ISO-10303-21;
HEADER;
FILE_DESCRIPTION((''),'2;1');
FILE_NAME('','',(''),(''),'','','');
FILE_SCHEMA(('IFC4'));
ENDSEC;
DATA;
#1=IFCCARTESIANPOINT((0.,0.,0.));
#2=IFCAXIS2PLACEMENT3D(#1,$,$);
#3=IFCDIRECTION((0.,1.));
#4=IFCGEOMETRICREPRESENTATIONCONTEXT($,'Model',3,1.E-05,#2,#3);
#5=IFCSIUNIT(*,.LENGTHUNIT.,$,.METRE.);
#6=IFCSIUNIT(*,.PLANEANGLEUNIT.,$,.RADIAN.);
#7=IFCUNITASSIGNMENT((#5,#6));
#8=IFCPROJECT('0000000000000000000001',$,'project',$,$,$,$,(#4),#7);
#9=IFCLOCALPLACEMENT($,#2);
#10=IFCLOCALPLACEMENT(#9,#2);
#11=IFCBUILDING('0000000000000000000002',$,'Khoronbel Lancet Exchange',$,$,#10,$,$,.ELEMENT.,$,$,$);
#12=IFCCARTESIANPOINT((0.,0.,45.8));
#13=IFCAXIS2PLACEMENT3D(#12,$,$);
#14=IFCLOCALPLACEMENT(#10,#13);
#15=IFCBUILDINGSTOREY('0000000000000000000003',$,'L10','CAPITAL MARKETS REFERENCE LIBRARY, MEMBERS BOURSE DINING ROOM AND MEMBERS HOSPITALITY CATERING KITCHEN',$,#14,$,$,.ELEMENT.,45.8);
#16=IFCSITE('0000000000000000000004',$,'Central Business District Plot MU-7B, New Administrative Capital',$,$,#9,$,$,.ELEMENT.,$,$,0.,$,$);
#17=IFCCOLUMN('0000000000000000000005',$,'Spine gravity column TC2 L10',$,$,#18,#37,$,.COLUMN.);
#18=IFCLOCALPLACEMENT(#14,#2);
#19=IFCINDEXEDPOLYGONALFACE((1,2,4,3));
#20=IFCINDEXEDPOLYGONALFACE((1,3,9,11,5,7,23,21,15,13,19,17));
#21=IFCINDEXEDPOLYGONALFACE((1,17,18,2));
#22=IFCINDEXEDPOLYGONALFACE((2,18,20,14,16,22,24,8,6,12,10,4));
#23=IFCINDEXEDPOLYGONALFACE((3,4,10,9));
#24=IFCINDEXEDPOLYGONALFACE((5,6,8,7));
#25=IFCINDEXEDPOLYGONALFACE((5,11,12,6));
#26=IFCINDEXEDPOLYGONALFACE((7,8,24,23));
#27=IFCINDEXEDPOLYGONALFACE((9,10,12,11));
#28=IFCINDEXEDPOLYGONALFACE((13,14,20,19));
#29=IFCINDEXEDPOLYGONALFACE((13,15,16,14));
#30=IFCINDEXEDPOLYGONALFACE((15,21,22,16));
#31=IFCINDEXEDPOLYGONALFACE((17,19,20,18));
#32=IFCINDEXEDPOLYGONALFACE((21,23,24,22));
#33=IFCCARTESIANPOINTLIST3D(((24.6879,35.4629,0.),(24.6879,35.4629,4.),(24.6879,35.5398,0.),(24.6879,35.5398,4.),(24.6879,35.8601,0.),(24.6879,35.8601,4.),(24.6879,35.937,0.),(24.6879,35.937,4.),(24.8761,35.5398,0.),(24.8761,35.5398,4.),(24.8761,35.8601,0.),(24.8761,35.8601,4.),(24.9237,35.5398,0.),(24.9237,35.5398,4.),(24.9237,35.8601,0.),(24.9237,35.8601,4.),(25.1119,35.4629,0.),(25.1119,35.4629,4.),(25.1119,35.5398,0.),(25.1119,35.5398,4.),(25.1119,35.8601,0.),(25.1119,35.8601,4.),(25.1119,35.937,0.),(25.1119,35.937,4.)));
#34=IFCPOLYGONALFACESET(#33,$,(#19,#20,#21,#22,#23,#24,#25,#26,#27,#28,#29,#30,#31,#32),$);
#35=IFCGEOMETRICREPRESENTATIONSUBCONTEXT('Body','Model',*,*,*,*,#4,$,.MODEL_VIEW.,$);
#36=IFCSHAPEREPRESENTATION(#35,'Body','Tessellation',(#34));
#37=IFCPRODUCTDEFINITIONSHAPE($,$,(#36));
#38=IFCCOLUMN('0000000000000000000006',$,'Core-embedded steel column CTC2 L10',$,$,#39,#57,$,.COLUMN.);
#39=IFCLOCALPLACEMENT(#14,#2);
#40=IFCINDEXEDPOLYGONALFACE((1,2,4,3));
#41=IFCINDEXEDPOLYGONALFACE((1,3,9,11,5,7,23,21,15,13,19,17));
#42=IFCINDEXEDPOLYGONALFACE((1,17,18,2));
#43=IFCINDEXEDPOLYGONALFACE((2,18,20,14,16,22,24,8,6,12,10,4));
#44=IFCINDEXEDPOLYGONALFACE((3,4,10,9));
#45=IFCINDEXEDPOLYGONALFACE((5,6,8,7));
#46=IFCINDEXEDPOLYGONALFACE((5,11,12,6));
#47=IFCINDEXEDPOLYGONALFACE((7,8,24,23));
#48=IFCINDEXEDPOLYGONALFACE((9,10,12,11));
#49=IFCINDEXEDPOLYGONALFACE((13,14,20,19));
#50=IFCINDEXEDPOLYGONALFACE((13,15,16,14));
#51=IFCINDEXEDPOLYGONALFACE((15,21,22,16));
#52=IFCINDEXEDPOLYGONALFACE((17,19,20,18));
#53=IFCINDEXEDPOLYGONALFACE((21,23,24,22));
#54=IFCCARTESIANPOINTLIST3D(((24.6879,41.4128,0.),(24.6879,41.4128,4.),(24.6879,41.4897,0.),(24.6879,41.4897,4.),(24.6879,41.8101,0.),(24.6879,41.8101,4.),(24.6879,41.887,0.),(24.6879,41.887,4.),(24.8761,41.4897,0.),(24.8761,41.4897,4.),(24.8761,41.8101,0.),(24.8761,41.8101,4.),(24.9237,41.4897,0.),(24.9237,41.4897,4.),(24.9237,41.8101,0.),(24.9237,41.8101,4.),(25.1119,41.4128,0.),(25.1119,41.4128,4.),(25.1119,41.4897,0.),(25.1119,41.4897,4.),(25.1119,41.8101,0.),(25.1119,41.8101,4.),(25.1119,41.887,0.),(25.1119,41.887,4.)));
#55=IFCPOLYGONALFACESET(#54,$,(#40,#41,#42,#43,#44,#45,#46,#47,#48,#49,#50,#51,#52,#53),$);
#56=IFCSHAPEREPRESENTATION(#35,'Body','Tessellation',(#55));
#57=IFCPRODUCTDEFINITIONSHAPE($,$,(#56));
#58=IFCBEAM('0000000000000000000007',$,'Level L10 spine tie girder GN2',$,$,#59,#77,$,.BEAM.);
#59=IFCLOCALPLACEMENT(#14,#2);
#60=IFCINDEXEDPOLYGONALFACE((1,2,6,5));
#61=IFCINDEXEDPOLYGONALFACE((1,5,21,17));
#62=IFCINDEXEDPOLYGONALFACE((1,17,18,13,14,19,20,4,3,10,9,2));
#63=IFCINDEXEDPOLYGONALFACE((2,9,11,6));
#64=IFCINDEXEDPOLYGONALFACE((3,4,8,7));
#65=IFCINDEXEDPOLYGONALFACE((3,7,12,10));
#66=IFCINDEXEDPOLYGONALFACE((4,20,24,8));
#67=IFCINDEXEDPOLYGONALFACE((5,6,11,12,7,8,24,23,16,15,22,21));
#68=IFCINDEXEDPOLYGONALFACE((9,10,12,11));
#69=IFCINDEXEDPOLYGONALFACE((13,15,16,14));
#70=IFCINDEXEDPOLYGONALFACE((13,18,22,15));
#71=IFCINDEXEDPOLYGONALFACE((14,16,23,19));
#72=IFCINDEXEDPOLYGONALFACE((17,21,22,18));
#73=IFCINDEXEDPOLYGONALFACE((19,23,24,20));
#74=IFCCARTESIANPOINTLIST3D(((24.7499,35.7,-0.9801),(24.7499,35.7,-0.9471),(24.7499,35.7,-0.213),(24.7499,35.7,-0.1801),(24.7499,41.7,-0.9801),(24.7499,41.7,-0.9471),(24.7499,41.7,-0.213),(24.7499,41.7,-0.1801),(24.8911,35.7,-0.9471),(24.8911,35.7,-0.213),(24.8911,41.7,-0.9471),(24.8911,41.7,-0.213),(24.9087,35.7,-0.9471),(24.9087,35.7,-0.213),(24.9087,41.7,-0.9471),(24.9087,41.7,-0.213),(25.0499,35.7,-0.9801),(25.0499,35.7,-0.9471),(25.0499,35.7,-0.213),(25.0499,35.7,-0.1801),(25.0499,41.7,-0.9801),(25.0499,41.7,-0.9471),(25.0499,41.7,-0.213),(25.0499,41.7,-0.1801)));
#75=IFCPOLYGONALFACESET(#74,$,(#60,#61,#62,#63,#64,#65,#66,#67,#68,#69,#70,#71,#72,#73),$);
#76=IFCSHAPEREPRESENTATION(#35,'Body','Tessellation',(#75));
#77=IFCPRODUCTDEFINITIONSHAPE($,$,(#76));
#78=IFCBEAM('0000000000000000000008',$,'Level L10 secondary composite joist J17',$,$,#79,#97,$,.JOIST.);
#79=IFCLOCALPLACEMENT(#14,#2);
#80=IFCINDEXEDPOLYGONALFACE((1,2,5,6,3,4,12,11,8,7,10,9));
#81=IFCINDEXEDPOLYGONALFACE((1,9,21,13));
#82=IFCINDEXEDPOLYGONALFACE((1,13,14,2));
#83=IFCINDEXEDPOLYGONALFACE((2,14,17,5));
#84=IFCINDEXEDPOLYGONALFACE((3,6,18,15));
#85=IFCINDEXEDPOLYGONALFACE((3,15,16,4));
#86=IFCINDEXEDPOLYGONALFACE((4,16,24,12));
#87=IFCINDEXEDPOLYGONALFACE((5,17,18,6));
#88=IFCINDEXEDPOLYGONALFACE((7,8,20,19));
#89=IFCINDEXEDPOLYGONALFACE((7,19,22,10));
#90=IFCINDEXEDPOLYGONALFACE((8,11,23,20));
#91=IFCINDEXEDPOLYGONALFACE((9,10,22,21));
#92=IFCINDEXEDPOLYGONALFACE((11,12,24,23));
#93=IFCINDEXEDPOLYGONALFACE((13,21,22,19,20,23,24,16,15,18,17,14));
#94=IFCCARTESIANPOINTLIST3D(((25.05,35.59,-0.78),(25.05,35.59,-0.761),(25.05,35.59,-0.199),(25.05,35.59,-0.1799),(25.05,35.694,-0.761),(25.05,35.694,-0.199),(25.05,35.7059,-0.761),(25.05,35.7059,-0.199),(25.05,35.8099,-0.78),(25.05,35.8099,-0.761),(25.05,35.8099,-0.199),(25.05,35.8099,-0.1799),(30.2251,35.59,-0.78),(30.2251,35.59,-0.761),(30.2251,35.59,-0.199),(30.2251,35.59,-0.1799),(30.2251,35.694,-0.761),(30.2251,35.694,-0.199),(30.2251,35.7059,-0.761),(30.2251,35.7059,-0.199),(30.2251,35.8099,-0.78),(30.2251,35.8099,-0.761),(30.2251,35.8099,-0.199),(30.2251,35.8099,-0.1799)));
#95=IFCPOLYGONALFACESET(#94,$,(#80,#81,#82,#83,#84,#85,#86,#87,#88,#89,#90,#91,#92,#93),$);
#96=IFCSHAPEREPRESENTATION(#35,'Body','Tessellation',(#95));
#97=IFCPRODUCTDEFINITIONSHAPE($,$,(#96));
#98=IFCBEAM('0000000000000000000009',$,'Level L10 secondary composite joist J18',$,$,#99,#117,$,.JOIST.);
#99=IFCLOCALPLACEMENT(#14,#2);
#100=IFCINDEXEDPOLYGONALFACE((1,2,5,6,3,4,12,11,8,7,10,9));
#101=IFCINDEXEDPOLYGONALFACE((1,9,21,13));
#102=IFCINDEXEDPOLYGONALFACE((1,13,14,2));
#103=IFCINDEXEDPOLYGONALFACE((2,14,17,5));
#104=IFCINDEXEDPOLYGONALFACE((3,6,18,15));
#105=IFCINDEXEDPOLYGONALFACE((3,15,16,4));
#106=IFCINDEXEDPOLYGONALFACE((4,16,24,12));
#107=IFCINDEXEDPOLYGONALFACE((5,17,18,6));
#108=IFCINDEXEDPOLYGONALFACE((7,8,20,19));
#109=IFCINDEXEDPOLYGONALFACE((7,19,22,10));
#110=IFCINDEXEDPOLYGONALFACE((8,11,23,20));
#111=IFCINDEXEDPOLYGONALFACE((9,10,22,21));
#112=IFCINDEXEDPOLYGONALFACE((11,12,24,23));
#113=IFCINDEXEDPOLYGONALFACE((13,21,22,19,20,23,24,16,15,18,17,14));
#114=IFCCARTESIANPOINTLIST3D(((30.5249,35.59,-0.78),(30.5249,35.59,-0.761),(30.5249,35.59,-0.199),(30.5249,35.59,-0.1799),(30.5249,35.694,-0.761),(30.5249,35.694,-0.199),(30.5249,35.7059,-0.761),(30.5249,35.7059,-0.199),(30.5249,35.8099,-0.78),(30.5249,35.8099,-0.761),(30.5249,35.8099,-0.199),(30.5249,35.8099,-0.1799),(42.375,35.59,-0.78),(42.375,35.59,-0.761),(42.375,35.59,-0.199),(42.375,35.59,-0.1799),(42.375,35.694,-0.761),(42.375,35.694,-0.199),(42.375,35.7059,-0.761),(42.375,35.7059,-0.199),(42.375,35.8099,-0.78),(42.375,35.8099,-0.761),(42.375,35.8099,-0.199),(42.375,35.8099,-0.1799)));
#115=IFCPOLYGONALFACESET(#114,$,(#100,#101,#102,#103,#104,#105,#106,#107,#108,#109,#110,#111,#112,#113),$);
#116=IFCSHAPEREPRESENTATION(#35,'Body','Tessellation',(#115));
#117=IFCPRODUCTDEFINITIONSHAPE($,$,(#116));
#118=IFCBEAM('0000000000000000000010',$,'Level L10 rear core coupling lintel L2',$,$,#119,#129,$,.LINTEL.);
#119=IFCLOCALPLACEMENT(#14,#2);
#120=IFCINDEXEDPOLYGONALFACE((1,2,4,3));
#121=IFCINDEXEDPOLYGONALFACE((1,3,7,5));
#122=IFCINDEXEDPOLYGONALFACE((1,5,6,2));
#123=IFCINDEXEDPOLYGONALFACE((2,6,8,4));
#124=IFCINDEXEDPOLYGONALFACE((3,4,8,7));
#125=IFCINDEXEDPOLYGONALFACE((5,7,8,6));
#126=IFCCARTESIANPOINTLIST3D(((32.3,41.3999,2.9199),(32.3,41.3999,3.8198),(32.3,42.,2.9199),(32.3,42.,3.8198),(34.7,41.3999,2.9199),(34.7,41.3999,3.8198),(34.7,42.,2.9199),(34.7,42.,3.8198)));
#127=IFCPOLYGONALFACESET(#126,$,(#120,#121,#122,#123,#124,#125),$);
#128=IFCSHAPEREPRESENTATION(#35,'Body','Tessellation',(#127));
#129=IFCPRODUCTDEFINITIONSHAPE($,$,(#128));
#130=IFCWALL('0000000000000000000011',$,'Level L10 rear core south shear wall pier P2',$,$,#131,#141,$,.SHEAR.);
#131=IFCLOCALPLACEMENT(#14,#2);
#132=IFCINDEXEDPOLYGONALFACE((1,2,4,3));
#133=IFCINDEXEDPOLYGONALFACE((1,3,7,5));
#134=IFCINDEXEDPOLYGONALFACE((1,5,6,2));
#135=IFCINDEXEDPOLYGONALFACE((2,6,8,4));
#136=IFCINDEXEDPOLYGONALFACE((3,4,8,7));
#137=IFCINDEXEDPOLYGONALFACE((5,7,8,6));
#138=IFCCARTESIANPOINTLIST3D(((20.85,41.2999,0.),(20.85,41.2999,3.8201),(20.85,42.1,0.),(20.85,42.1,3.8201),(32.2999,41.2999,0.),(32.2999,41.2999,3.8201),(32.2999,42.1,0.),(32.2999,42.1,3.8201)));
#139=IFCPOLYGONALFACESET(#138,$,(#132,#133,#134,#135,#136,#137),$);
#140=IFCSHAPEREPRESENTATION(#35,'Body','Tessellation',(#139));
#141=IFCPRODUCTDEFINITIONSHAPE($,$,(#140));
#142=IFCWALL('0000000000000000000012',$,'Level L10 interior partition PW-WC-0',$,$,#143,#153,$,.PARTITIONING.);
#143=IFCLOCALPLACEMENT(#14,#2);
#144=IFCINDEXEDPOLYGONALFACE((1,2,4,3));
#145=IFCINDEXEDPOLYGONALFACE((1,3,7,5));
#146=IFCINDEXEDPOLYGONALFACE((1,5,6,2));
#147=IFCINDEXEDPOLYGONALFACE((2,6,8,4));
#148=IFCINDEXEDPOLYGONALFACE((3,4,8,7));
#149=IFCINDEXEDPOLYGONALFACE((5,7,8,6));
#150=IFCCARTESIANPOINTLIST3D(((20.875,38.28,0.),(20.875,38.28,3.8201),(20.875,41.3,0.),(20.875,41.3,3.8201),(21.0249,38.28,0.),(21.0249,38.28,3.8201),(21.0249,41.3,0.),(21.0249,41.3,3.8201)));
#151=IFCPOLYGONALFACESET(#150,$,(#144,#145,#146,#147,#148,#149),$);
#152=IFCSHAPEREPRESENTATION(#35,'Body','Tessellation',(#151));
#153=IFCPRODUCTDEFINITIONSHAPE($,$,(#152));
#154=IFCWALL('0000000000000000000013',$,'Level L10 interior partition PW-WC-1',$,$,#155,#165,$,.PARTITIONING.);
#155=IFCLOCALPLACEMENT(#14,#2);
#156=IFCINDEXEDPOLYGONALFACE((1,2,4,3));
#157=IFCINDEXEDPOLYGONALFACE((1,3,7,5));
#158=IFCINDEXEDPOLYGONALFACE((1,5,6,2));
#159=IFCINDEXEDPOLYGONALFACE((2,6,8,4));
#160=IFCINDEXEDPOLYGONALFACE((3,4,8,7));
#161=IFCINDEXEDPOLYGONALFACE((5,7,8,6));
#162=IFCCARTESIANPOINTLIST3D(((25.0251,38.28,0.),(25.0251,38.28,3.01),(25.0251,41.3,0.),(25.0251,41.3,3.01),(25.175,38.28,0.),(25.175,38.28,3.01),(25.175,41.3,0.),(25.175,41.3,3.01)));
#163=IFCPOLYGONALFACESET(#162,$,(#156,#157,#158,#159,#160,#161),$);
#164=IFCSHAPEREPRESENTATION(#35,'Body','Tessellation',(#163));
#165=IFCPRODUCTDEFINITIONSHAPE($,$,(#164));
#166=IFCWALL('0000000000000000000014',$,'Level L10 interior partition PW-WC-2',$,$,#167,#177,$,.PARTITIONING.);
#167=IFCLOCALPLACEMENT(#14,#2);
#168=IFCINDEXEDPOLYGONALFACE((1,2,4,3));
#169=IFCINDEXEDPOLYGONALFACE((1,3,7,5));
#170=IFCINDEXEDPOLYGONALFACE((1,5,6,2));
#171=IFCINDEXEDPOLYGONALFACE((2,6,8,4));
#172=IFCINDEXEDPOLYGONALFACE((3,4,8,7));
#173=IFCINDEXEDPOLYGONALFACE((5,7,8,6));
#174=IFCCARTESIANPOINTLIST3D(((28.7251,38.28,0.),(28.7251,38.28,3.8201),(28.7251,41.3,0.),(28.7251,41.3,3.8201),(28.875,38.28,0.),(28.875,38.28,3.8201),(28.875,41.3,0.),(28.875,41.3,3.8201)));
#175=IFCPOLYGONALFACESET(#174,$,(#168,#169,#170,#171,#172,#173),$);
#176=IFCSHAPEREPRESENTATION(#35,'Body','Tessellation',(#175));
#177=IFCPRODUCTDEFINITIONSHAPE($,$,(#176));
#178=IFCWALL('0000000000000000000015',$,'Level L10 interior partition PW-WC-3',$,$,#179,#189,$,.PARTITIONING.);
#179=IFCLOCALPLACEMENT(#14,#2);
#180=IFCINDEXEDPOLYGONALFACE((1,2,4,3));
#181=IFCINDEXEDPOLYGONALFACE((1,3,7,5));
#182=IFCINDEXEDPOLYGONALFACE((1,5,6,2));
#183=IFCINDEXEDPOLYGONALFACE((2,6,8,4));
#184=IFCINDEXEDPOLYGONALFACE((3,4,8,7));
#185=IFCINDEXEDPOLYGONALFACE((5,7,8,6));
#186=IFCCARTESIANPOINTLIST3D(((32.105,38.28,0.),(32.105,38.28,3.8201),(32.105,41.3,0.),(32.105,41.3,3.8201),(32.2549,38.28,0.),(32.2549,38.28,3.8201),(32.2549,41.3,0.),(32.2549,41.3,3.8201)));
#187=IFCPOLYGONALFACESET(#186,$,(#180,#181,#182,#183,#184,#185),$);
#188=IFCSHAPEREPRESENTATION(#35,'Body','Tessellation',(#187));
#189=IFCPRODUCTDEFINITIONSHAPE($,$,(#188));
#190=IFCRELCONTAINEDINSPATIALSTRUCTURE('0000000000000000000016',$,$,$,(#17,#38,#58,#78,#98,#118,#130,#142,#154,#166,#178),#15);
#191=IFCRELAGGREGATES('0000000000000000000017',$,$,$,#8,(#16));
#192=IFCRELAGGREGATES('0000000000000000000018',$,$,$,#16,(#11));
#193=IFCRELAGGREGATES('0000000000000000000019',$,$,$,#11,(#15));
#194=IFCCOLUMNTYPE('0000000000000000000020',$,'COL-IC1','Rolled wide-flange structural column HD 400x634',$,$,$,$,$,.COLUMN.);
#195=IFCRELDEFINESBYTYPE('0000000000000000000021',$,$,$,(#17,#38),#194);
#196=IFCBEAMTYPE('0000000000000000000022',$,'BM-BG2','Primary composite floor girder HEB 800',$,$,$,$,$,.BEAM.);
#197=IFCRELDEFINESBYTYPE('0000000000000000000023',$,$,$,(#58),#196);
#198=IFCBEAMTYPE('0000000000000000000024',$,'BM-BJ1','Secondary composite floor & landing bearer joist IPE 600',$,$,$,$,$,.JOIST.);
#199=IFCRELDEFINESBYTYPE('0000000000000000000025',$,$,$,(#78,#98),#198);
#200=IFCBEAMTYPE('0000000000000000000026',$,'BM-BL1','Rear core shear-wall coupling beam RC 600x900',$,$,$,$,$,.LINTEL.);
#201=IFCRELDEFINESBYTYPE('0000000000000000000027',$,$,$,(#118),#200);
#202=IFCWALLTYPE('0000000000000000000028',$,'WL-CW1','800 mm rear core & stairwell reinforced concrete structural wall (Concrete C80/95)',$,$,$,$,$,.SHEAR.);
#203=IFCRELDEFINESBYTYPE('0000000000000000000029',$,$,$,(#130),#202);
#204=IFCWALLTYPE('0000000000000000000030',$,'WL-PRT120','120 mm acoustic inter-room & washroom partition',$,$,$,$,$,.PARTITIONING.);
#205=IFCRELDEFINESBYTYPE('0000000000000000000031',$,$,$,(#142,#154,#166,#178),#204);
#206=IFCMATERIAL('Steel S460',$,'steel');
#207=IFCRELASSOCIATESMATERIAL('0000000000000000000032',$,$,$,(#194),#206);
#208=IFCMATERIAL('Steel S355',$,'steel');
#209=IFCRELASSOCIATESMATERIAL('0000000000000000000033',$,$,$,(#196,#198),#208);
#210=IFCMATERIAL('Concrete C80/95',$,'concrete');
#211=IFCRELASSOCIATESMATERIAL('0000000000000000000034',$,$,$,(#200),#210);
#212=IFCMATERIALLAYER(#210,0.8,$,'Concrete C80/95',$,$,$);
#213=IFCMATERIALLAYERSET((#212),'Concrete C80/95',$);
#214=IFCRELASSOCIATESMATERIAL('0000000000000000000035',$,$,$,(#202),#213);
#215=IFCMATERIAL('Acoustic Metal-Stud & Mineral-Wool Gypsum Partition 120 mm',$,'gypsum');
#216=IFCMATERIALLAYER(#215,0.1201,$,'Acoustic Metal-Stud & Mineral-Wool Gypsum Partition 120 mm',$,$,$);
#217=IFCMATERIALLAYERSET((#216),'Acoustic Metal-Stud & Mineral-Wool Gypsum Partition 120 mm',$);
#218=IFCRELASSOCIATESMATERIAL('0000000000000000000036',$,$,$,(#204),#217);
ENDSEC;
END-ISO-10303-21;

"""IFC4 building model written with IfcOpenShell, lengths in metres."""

from ifc_helpers import new_model, si_unit, direction, frame, frame_2d, origin, origin_2d, place, context, subcontext, project, spatial, rectangle, i_section, extrude, material, layer, layer_set, material_profile, profile_set, type_object, element, save


model = new_model("IFC4")

# Units and contexts
model_context = context("Model", 3, precision=1e-05, world=origin(), true_north=direction((0.0, 1.0)))
body_context = subcontext(model_context, "Body", "Model", "MODEL_VIEW")
ifc_project = project(units=[si_unit("LENGTHUNIT", "METRE"), si_unit("PLANEANGLEUNIT", "RADIAN")], contexts=[model_context])

# Site, building, storey
site_placement = place(None, origin())
site = spatial("IfcSite", under=ifc_project, at=site_placement, Name="Central Business District Plot MU-7B, New Administrative Capital", CompositionType="ELEMENT", RefElevation=0.0)
building_placement = place(site_placement, origin())
building = spatial("IfcBuilding", under=site, at=building_placement, Name="Khoronbel Lancet Exchange", CompositionType="ELEMENT")
storey_placement = place(building_placement, frame((0.0, 0.0, 45.8)))
storey = spatial("IfcBuildingStorey", under=building, at=storey_placement, Name="L10", Description="CAPITAL MARKETS REFERENCE LIBRARY, MEMBERS BOURSE DINING ROOM AND MEMBERS HOSPITALITY CATERING KITCHEN", CompositionType="ELEMENT", Elevation=45.8)

# Columns
ifc_material_1 = material(Name="Steel S460", Category="steel")
ifc_material_profile_1 = material_profile(ifc_material_1, i_section(OverallWidth=0.4241, OverallDepth=0.4741, WebThickness=0.0476, FlangeThickness=0.0769, at=origin_2d()), Name="HD 400x634")
ifc_profile_set_1 = profile_set([ifc_material_profile_1], Name="Steel S460")
column_type = type_object("IfcColumnType", Name="COL-IC1", Description="Rolled wide-flange structural column HD 400x634", PredefinedType="COLUMN", material=ifc_profile_set_1)
for number, where, z_axis, x_axis, name in (
    (1, (24.8999, 35.7, 0.0), (0.0, 0.0, 1.0), (1.0, 0.0, 0.0), "Spine gravity column TC2 L10"),
    (2, (24.8999, 41.6499, 0.0), (0.0, 0.0, 1.0), (1.0, 0.0, 0.0), "Core-embedded steel column CTC2 L10"),
):
    element("IfcColumn", number, at=place(storey_placement, frame(where, z_axis=z_axis, x_axis=x_axis)), inside=storey, type_object=column_type, Name=name, PredefinedType="COLUMN", context=body_context, shape_type="SweptSolid", body=[
        extrude(i_section(OverallWidth=0.4241, OverallDepth=0.4741, WebThickness=0.0476, FlangeThickness=0.0769, at=origin_2d()), origin(), (0.0, 0.0, 1.0), 4.0),
    ])

# Beams
ifc_material_2 = material(Name="Steel S355", Category="steel")
ifc_material_profile_2 = material_profile(ifc_material_2, i_section(OverallWidth=0.3, OverallDepth=0.8, WebThickness=0.0176, FlangeThickness=0.033, at=origin_2d()), Name="HEB 800")
ifc_profile_set_2 = profile_set([ifc_material_profile_2], Name="Steel S355")
beam_type_1 = type_object("IfcBeamType", Name="BM-BG2", Description="Primary composite floor girder HEB 800", PredefinedType="BEAM", material=ifc_profile_set_2)
beam_1_placement = place(storey_placement, frame((24.8999, 35.7, -0.5801), z_axis=(0.0, 1.0, 0.0), x_axis=(-1.0, 0.0, 0.0)))
element("IfcBeam", 3, at=beam_1_placement, inside=storey, type_object=beam_type_1, Name="Level L10 spine tie girder GN2", PredefinedType="BEAM", context=body_context, shape_type="SweptSolid", body=[
    extrude(i_section(OverallWidth=0.3, OverallDepth=0.8, WebThickness=0.0176, FlangeThickness=0.033, at=origin_2d()), origin(), (0.0, 0.0, 1.0), 6.0),
])
ifc_material_profile_3 = material_profile(ifc_material_2, i_section(OverallWidth=0.22, OverallDepth=0.6001, WebThickness=0.012, FlangeThickness=0.019, at=origin_2d()), Name="IPE 600")
ifc_profile_set_3 = profile_set([ifc_material_profile_3], Name="Steel S355")
beam_type_2 = type_object("IfcBeamType", Name="BM-BJ1", Description="Secondary composite floor & landing bearer joist IPE 600", PredefinedType="JOIST", material=ifc_profile_set_3)
beam_2_placement = place(storey_placement, frame((25.05, 35.7, -0.48), z_axis=(1.0, 0.0, 0.0), x_axis=(0.0, 1.0, 0.0)))
element("IfcBeam", 4, at=beam_2_placement, inside=storey, type_object=beam_type_2, Name="Level L10 secondary composite joist J17", PredefinedType="JOIST", context=body_context, shape_type="SweptSolid", body=[
    extrude(i_section(OverallWidth=0.22, OverallDepth=0.6001, WebThickness=0.012, FlangeThickness=0.019, at=origin_2d()), origin(), (0.0, 0.0, 1.0), 5.175),
])
beam_3_placement = place(storey_placement, frame((30.5249, 35.7, -0.48), z_axis=(1.0, 0.0, 0.0), x_axis=(0.0, 1.0, 0.0)))
element("IfcBeam", 5, at=beam_3_placement, inside=storey, type_object=beam_type_2, Name="Level L10 secondary composite joist J18", PredefinedType="JOIST", context=body_context, shape_type="SweptSolid", body=[
    extrude(i_section(OverallWidth=0.22, OverallDepth=0.6001, WebThickness=0.012, FlangeThickness=0.019, at=origin_2d()), origin(), (0.0, 0.0, 1.0), 11.8501),
])
ifc_material_3 = material(Name="Concrete C80/95", Category="concrete")
ifc_material_profile_4 = material_profile(ifc_material_3, rectangle(XDim=0.6001, YDim=0.8999, at=origin_2d()), Name="RC 600x900")
ifc_profile_set_4 = profile_set([ifc_material_profile_4], Name="Concrete C80/95")
beam_type_3 = type_object("IfcBeamType", Name="BM-BL1", Description="Rear core shear-wall coupling beam RC 600x900", PredefinedType="LINTEL", material=ifc_profile_set_4)
beam_4_placement = place(storey_placement, frame((32.3, 41.7, 3.3699), z_axis=(1.0, 0.0, 0.0), x_axis=(0.0, 1.0, 0.0)))
element("IfcBeam", 6, at=beam_4_placement, inside=storey, type_object=beam_type_3, Name="Level L10 rear core coupling lintel L2", PredefinedType="LINTEL", context=body_context, shape_type="SweptSolid", body=[
    extrude(rectangle(XDim=0.6001, YDim=0.8999, at=origin_2d()), origin(), (0.0, 0.0, 1.0), 2.3999),
])

# Walls
ifc_layer_1 = layer(ifc_material_3, 0.8, Name="Concrete C80/95")
ifc_layer_set_1 = layer_set([ifc_layer_1], Name="Concrete C80/95")
wall_type_1 = type_object("IfcWallType", Name="WL-CW1", Description="800 mm rear core & stairwell reinforced concrete structural wall (Concrete C80/95)", PredefinedType="SHEAR", material=ifc_layer_set_1)
wall_1_placement = place(storey_placement, frame((32.3, 41.7, 0.0), z_axis=(0.0, 0.0, 1.0), x_axis=(-1.0, 0.0, 0.0)))
element("IfcWall", 7, at=wall_1_placement, inside=storey, type_object=wall_type_1, Name="Level L10 rear core south shear wall pier P2", PredefinedType="SHEAR", context=body_context, shape_type="SweptSolid", body=[
    extrude(rectangle(XDim=11.45, YDim=0.8, at=frame_2d((5.7251, 0.0))), origin(), (0.0, 0.0, 1.0), 3.8201),
])
ifc_material_4 = material(Name="Acoustic Metal-Stud & Mineral-Wool Gypsum Partition 120 mm", Category="gypsum")
ifc_layer_2 = layer(ifc_material_4, 0.1201, Name="Acoustic Metal-Stud & Mineral-Wool Gypsum Partition 120 mm")
ifc_layer_set_2 = layer_set([ifc_layer_2], Name="Acoustic Metal-Stud & Mineral-Wool Gypsum Partition 120 mm")
wall_type_2 = type_object("IfcWallType", Name="WL-PRT120", Description="120 mm acoustic inter-room & washroom partition", PredefinedType="PARTITIONING", material=ifc_layer_set_2)
wall_2_placement = place(storey_placement, frame((20.95, 38.28, 0.0), z_axis=(0.0, 0.0, 1.0), x_axis=(0.0, 1.0, 0.0)))
element("IfcWall", 8, at=wall_2_placement, inside=storey, type_object=wall_type_2, Name="Level L10 interior partition PW-WC-0", PredefinedType="PARTITIONING", context=body_context, shape_type="SweptSolid", body=[
    extrude(rectangle(XDim=3.02, YDim=0.1499, at=frame_2d((1.51, 0.0))), origin(), (0.0, 0.0, 1.0), 3.8201),
])
wall_3_placement = place(storey_placement, frame((25.1001, 38.28, 0.0), z_axis=(0.0, 0.0, 1.0), x_axis=(0.0, 1.0, 0.0)))
element("IfcWall", 9, at=wall_3_placement, inside=storey, type_object=wall_type_2, Name="Level L10 interior partition PW-WC-1", PredefinedType="PARTITIONING", context=body_context, shape_type="SweptSolid", body=[
    extrude(rectangle(XDim=3.02, YDim=0.1499, at=frame_2d((1.51, 0.0))), origin(), (0.0, 0.0, 1.0), 3.01),
])
for number, where, z_axis, x_axis, name in (
    (10, (28.8, 38.28, 0.0), (0.0, 0.0, 1.0), (0.0, 1.0, 0.0), "Level L10 interior partition PW-WC-2"),
    (11, (32.1799, 38.28, 0.0), (0.0, 0.0, 1.0), (0.0, 1.0, 0.0), "Level L10 interior partition PW-WC-3"),
):
    element("IfcWall", number, at=place(storey_placement, frame(where, z_axis=z_axis, x_axis=x_axis)), inside=storey, type_object=wall_type_2, Name=name, PredefinedType="PARTITIONING", context=body_context, shape_type="SweptSolid", body=[
        extrude(rectangle(XDim=3.02, YDim=0.1499, at=frame_2d((1.51, 0.0))), origin(), (0.0, 0.0, 1.0), 3.8201),
    ])

save(model, "model.ifc")
